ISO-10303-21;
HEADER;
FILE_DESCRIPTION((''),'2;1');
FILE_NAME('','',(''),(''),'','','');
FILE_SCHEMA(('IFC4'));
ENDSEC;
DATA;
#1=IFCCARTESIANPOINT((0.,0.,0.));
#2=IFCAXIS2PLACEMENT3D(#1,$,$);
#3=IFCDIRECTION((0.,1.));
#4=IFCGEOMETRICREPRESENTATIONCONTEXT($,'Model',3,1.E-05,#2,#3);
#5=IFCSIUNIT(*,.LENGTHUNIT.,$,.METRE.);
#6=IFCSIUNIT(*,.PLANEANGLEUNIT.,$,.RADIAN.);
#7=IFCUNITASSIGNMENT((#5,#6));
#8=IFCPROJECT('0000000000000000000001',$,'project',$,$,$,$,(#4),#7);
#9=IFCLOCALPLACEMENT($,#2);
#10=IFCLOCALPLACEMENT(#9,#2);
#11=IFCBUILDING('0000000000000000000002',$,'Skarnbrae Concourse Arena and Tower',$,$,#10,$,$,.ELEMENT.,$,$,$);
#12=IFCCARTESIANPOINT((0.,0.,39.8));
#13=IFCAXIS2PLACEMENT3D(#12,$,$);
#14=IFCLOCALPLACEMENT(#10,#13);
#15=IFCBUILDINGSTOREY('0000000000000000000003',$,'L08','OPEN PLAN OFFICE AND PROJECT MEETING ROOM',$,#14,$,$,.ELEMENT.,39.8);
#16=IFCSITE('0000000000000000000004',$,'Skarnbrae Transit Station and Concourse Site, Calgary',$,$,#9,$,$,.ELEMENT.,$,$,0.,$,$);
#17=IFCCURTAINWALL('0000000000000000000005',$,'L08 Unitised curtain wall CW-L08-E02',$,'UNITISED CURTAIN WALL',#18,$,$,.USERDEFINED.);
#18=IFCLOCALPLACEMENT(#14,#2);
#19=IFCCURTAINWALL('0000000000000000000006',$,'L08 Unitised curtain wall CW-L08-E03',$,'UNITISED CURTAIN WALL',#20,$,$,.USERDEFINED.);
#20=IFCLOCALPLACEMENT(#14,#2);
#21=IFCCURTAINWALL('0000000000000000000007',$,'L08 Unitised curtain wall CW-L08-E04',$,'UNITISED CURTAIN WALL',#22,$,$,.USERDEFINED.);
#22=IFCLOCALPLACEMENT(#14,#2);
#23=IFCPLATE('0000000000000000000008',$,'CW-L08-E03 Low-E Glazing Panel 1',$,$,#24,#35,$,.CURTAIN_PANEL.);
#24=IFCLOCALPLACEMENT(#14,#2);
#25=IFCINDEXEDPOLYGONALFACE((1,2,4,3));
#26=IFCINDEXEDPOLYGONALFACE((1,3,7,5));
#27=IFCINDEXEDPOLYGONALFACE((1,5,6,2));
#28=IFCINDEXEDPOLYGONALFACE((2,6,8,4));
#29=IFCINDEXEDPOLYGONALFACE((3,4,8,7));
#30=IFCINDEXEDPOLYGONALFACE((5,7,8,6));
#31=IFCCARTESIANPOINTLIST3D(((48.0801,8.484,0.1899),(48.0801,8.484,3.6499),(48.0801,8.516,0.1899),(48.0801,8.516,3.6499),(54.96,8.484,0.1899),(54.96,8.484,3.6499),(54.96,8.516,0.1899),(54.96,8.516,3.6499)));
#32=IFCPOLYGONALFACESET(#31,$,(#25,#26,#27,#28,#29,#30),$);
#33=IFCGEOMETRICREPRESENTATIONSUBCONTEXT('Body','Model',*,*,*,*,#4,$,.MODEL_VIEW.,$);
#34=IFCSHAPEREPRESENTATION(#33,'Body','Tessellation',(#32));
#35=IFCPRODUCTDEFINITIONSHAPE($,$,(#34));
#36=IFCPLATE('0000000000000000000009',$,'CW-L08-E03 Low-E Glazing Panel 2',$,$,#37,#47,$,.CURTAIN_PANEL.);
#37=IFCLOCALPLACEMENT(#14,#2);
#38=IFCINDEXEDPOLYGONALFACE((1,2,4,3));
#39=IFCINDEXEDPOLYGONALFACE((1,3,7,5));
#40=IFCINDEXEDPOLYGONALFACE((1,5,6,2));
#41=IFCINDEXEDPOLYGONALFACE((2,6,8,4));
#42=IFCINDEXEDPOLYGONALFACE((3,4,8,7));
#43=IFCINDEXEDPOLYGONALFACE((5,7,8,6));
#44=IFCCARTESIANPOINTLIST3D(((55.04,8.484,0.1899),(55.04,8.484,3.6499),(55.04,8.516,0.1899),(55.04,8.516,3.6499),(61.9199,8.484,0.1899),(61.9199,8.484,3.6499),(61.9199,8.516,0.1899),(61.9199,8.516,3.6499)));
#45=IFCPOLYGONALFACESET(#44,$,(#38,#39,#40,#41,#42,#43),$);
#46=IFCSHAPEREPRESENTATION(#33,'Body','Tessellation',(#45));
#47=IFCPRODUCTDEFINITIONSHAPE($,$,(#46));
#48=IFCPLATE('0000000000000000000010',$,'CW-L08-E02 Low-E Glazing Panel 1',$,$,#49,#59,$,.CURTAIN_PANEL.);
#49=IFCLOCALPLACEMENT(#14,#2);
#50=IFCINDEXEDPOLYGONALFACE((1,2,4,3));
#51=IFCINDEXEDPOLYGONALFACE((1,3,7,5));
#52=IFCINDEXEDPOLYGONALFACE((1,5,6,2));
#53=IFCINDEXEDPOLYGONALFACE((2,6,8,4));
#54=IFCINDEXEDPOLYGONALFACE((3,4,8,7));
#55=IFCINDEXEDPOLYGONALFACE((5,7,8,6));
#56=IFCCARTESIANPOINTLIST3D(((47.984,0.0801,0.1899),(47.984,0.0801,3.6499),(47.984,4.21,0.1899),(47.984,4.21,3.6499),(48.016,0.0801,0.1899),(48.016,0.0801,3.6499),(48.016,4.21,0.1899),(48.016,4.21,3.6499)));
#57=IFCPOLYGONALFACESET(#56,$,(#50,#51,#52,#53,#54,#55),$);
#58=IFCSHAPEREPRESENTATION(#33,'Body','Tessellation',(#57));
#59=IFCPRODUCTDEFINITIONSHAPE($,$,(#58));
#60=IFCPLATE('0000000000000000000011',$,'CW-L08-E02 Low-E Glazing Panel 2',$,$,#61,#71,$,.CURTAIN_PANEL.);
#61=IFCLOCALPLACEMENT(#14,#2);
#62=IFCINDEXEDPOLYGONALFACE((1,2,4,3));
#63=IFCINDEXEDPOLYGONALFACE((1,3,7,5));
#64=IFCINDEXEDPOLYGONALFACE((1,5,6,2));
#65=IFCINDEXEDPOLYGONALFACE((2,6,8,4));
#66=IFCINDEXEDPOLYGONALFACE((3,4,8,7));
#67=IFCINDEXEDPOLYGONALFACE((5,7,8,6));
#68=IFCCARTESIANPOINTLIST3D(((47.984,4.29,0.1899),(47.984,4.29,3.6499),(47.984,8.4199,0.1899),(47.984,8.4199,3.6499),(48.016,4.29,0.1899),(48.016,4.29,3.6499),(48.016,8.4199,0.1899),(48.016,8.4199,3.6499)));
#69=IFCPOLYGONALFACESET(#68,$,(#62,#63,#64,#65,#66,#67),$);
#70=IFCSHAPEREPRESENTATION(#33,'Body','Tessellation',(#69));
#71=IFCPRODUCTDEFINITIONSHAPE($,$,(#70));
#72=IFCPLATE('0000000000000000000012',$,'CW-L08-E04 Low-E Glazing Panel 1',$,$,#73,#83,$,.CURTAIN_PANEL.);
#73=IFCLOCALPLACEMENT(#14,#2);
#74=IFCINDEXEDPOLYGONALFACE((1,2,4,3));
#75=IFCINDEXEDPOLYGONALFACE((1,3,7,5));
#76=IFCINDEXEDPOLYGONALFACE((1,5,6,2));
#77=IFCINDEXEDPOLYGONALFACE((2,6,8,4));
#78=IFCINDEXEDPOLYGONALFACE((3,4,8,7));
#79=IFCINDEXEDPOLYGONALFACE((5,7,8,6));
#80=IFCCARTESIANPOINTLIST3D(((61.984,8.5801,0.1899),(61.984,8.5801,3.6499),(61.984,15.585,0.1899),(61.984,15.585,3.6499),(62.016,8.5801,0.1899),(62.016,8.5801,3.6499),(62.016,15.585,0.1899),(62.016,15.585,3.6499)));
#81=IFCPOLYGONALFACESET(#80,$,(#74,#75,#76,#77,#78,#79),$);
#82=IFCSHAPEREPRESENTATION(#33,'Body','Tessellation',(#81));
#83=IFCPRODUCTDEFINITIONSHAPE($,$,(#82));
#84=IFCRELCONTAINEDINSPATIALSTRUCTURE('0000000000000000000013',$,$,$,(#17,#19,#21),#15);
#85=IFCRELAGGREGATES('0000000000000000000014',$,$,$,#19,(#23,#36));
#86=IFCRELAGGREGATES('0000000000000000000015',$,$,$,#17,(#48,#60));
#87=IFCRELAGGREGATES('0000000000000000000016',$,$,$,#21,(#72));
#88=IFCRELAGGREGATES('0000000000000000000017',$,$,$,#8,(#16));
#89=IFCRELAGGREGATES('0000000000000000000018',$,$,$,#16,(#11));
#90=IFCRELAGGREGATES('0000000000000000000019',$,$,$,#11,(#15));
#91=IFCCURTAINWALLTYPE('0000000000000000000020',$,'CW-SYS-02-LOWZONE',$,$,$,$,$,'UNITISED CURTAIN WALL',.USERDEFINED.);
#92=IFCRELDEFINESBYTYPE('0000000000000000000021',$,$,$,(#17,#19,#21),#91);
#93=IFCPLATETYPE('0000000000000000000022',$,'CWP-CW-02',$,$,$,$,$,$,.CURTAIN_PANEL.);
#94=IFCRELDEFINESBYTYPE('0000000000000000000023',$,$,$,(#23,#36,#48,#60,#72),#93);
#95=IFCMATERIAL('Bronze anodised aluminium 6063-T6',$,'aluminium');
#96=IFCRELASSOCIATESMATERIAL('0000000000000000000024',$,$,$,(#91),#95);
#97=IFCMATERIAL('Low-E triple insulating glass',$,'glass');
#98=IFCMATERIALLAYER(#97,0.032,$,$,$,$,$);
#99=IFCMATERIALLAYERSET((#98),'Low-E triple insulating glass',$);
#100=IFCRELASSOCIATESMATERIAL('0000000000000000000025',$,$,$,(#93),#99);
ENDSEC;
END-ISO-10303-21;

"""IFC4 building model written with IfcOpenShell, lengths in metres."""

from ifc_helpers import new_model, si_unit, direction, frame, origin, origin_2d, place, context, subcontext, project, spatial, rectangle, extrude, source, transform, mapped, material, layer, layer_set, type_object, element, aggregate, save


model = new_model("IFC4")

# Units and contexts
model_context = context("Model", 3, precision=1e-05, world=origin(), true_north=direction((0.0, 1.0)))
body_context = subcontext(model_context, "Body", "Model", "MODEL_VIEW")
ifc_project = project(units=[si_unit("LENGTHUNIT", "METRE"), si_unit("PLANEANGLEUNIT", "RADIAN")], contexts=[model_context])

# Site, building, storey
site_placement = place(None, origin())
site = spatial("IfcSite", under=ifc_project, at=site_placement, Name="Skarnbrae Transit Station and Concourse Site, Calgary", CompositionType="ELEMENT", RefElevation=0.0)
building_placement = place(site_placement, origin())
building = spatial("IfcBuilding", under=site, at=building_placement, Name="Skarnbrae Concourse Arena and Tower", CompositionType="ELEMENT")
storey_placement = place(building_placement, frame((0.0, 0.0, 39.8)))
storey = spatial("IfcBuildingStorey", under=building, at=storey_placement, Name="L08", Description="OPEN PLAN OFFICE AND PROJECT MEETING ROOM", CompositionType="ELEMENT", Elevation=39.8)

# Shared definitions
ifc_material_1 = material(Name="Bronze anodised aluminium 6063-T6", Category="aluminium")
curtain_wall_type = type_object("IfcCurtainWallType", Name="CW-SYS-02-LOWZONE", ElementType="UNITISED CURTAIN WALL", PredefinedType="USERDEFINED", material=ifc_material_1)

# Curtain walls
curtain_wall_1_placement = place(storey_placement, origin())
curtain_wall_1 = element("IfcCurtainWall", 1, at=curtain_wall_1_placement, inside=storey, type_object=curtain_wall_type, Name="L08 Unitised curtain wall CW-L08-E02", ObjectType="UNITISED CURTAIN WALL", PredefinedType="USERDEFINED")
curtain_wall_2_placement = place(storey_placement, origin())
curtain_wall_2 = element("IfcCurtainWall", 2, at=curtain_wall_2_placement, inside=storey, type_object=curtain_wall_type, Name="L08 Unitised curtain wall CW-L08-E03", ObjectType="UNITISED CURTAIN WALL", PredefinedType="USERDEFINED")

# Curtain wall
curtain_wall_3_placement = place(storey_placement, origin())
curtain_wall_3 = element("IfcCurtainWall", 3, at=curtain_wall_3_placement, inside=storey, type_object=curtain_wall_type, Name="L08 Unitised curtain wall CW-L08-E04", ObjectType="UNITISED CURTAIN WALL", PredefinedType="USERDEFINED")

# Plates
ifc_material_2 = material(Name="Low-E triple insulating glass", Category="glass")
ifc_layer_1 = layer(ifc_material_2, 0.032)
ifc_layer_set_1 = layer_set([ifc_layer_1], Name="Low-E triple insulating glass")
plate_type = type_object("IfcPlateType", Name="CWP-CW-02", PredefinedType="CURTAIN_PANEL", material=ifc_layer_set_1)
shared_shape_1 = source(origin(), body_context, "Body", "SweptSolid", [
    extrude(rectangle(XDim=6.8799, YDim=0.032, at=origin_2d()), origin(), (0.0, 0.0, 1.0), 3.46),
])
plate_1_placement = place(storey_placement, frame((51.52, 8.5, 0.1899), z_axis=(0.0, 0.0, 1.0), x_axis=(1.0, 0.0, 0.0)))
plate_1 = element("IfcPlate", 4, at=plate_1_placement, type_object=plate_type, Name="CW-L08-E03 Low-E Glazing Panel 1", PredefinedType="CURTAIN_PANEL", context=body_context, shape_type="MappedRepresentation", body=[
    mapped(shared_shape_1, transform((0.0, 0.0, 0.0))),
])
plate_2_placement = place(storey_placement, frame((58.48, 8.5, 0.1899), z_axis=(0.0, 0.0, 1.0), x_axis=(1.0, 0.0, 0.0)))
plate_2 = element("IfcPlate", 5, at=plate_2_placement, type_object=plate_type, Name="CW-L08-E03 Low-E Glazing Panel 2", PredefinedType="CURTAIN_PANEL", context=body_context, shape_type="MappedRepresentation", body=[
    mapped(shared_shape_1, transform((0.0, 0.0, 0.0))),
])
aggregate(curtain_wall_2, [plate_1, plate_2])
shared_shape_2 = source(origin(), body_context, "Body", "SweptSolid", [
    extrude(rectangle(XDim=4.1299, YDim=0.032, at=origin_2d()), origin(), (0.0, 0.0, 1.0), 3.46),
])
plate_3_placement = place(storey_placement, frame((48.0, 2.145, 0.1899), z_axis=(0.0, 0.0, 1.0), x_axis=(0.0, 1.0, 0.0)))
plate_3 = element("IfcPlate", 6, at=plate_3_placement, type_object=plate_type, Name="CW-L08-E02 Low-E Glazing Panel 1", PredefinedType="CURTAIN_PANEL", context=body_context, shape_type="MappedRepresentation", body=[
    mapped(shared_shape_2, transform((0.0, 0.0, 0.0))),
])
plate_4_placement = place(storey_placement, frame((48.0, 6.355, 0.1899), z_axis=(0.0, 0.0, 1.0), x_axis=(0.0, 1.0, 0.0)))
plate_4 = element("IfcPlate", 7, at=plate_4_placement, type_object=plate_type, Name="CW-L08-E02 Low-E Glazing Panel 2", PredefinedType="CURTAIN_PANEL", context=body_context, shape_type="MappedRepresentation", body=[
    mapped(shared_shape_2, transform((0.0, 0.0, 0.0))),
])
aggregate(curtain_wall_1, [plate_3, plate_4])
shared_shape_3 = source(origin(), body_context, "Body", "SweptSolid", [
    extrude(rectangle(XDim=7.0049, YDim=0.032, at=origin_2d()), origin(), (0.0, 0.0, 1.0), 3.46),
])
plate_5_placement = place(storey_placement, frame((62.0, 12.0825, 0.1899), z_axis=(0.0, 0.0, 1.0), x_axis=(0.0, 1.0, 0.0)))
plate_5 = element("IfcPlate", 8, at=plate_5_placement, type_object=plate_type, Name="CW-L08-E04 Low-E Glazing Panel 1", PredefinedType="CURTAIN_PANEL", context=body_context, shape_type="MappedRepresentation", body=[
    mapped(shared_shape_3, transform((0.0, 0.0, 0.0))),
])
aggregate(curtain_wall_3, [plate_5])

save(model, "model.ifc")
